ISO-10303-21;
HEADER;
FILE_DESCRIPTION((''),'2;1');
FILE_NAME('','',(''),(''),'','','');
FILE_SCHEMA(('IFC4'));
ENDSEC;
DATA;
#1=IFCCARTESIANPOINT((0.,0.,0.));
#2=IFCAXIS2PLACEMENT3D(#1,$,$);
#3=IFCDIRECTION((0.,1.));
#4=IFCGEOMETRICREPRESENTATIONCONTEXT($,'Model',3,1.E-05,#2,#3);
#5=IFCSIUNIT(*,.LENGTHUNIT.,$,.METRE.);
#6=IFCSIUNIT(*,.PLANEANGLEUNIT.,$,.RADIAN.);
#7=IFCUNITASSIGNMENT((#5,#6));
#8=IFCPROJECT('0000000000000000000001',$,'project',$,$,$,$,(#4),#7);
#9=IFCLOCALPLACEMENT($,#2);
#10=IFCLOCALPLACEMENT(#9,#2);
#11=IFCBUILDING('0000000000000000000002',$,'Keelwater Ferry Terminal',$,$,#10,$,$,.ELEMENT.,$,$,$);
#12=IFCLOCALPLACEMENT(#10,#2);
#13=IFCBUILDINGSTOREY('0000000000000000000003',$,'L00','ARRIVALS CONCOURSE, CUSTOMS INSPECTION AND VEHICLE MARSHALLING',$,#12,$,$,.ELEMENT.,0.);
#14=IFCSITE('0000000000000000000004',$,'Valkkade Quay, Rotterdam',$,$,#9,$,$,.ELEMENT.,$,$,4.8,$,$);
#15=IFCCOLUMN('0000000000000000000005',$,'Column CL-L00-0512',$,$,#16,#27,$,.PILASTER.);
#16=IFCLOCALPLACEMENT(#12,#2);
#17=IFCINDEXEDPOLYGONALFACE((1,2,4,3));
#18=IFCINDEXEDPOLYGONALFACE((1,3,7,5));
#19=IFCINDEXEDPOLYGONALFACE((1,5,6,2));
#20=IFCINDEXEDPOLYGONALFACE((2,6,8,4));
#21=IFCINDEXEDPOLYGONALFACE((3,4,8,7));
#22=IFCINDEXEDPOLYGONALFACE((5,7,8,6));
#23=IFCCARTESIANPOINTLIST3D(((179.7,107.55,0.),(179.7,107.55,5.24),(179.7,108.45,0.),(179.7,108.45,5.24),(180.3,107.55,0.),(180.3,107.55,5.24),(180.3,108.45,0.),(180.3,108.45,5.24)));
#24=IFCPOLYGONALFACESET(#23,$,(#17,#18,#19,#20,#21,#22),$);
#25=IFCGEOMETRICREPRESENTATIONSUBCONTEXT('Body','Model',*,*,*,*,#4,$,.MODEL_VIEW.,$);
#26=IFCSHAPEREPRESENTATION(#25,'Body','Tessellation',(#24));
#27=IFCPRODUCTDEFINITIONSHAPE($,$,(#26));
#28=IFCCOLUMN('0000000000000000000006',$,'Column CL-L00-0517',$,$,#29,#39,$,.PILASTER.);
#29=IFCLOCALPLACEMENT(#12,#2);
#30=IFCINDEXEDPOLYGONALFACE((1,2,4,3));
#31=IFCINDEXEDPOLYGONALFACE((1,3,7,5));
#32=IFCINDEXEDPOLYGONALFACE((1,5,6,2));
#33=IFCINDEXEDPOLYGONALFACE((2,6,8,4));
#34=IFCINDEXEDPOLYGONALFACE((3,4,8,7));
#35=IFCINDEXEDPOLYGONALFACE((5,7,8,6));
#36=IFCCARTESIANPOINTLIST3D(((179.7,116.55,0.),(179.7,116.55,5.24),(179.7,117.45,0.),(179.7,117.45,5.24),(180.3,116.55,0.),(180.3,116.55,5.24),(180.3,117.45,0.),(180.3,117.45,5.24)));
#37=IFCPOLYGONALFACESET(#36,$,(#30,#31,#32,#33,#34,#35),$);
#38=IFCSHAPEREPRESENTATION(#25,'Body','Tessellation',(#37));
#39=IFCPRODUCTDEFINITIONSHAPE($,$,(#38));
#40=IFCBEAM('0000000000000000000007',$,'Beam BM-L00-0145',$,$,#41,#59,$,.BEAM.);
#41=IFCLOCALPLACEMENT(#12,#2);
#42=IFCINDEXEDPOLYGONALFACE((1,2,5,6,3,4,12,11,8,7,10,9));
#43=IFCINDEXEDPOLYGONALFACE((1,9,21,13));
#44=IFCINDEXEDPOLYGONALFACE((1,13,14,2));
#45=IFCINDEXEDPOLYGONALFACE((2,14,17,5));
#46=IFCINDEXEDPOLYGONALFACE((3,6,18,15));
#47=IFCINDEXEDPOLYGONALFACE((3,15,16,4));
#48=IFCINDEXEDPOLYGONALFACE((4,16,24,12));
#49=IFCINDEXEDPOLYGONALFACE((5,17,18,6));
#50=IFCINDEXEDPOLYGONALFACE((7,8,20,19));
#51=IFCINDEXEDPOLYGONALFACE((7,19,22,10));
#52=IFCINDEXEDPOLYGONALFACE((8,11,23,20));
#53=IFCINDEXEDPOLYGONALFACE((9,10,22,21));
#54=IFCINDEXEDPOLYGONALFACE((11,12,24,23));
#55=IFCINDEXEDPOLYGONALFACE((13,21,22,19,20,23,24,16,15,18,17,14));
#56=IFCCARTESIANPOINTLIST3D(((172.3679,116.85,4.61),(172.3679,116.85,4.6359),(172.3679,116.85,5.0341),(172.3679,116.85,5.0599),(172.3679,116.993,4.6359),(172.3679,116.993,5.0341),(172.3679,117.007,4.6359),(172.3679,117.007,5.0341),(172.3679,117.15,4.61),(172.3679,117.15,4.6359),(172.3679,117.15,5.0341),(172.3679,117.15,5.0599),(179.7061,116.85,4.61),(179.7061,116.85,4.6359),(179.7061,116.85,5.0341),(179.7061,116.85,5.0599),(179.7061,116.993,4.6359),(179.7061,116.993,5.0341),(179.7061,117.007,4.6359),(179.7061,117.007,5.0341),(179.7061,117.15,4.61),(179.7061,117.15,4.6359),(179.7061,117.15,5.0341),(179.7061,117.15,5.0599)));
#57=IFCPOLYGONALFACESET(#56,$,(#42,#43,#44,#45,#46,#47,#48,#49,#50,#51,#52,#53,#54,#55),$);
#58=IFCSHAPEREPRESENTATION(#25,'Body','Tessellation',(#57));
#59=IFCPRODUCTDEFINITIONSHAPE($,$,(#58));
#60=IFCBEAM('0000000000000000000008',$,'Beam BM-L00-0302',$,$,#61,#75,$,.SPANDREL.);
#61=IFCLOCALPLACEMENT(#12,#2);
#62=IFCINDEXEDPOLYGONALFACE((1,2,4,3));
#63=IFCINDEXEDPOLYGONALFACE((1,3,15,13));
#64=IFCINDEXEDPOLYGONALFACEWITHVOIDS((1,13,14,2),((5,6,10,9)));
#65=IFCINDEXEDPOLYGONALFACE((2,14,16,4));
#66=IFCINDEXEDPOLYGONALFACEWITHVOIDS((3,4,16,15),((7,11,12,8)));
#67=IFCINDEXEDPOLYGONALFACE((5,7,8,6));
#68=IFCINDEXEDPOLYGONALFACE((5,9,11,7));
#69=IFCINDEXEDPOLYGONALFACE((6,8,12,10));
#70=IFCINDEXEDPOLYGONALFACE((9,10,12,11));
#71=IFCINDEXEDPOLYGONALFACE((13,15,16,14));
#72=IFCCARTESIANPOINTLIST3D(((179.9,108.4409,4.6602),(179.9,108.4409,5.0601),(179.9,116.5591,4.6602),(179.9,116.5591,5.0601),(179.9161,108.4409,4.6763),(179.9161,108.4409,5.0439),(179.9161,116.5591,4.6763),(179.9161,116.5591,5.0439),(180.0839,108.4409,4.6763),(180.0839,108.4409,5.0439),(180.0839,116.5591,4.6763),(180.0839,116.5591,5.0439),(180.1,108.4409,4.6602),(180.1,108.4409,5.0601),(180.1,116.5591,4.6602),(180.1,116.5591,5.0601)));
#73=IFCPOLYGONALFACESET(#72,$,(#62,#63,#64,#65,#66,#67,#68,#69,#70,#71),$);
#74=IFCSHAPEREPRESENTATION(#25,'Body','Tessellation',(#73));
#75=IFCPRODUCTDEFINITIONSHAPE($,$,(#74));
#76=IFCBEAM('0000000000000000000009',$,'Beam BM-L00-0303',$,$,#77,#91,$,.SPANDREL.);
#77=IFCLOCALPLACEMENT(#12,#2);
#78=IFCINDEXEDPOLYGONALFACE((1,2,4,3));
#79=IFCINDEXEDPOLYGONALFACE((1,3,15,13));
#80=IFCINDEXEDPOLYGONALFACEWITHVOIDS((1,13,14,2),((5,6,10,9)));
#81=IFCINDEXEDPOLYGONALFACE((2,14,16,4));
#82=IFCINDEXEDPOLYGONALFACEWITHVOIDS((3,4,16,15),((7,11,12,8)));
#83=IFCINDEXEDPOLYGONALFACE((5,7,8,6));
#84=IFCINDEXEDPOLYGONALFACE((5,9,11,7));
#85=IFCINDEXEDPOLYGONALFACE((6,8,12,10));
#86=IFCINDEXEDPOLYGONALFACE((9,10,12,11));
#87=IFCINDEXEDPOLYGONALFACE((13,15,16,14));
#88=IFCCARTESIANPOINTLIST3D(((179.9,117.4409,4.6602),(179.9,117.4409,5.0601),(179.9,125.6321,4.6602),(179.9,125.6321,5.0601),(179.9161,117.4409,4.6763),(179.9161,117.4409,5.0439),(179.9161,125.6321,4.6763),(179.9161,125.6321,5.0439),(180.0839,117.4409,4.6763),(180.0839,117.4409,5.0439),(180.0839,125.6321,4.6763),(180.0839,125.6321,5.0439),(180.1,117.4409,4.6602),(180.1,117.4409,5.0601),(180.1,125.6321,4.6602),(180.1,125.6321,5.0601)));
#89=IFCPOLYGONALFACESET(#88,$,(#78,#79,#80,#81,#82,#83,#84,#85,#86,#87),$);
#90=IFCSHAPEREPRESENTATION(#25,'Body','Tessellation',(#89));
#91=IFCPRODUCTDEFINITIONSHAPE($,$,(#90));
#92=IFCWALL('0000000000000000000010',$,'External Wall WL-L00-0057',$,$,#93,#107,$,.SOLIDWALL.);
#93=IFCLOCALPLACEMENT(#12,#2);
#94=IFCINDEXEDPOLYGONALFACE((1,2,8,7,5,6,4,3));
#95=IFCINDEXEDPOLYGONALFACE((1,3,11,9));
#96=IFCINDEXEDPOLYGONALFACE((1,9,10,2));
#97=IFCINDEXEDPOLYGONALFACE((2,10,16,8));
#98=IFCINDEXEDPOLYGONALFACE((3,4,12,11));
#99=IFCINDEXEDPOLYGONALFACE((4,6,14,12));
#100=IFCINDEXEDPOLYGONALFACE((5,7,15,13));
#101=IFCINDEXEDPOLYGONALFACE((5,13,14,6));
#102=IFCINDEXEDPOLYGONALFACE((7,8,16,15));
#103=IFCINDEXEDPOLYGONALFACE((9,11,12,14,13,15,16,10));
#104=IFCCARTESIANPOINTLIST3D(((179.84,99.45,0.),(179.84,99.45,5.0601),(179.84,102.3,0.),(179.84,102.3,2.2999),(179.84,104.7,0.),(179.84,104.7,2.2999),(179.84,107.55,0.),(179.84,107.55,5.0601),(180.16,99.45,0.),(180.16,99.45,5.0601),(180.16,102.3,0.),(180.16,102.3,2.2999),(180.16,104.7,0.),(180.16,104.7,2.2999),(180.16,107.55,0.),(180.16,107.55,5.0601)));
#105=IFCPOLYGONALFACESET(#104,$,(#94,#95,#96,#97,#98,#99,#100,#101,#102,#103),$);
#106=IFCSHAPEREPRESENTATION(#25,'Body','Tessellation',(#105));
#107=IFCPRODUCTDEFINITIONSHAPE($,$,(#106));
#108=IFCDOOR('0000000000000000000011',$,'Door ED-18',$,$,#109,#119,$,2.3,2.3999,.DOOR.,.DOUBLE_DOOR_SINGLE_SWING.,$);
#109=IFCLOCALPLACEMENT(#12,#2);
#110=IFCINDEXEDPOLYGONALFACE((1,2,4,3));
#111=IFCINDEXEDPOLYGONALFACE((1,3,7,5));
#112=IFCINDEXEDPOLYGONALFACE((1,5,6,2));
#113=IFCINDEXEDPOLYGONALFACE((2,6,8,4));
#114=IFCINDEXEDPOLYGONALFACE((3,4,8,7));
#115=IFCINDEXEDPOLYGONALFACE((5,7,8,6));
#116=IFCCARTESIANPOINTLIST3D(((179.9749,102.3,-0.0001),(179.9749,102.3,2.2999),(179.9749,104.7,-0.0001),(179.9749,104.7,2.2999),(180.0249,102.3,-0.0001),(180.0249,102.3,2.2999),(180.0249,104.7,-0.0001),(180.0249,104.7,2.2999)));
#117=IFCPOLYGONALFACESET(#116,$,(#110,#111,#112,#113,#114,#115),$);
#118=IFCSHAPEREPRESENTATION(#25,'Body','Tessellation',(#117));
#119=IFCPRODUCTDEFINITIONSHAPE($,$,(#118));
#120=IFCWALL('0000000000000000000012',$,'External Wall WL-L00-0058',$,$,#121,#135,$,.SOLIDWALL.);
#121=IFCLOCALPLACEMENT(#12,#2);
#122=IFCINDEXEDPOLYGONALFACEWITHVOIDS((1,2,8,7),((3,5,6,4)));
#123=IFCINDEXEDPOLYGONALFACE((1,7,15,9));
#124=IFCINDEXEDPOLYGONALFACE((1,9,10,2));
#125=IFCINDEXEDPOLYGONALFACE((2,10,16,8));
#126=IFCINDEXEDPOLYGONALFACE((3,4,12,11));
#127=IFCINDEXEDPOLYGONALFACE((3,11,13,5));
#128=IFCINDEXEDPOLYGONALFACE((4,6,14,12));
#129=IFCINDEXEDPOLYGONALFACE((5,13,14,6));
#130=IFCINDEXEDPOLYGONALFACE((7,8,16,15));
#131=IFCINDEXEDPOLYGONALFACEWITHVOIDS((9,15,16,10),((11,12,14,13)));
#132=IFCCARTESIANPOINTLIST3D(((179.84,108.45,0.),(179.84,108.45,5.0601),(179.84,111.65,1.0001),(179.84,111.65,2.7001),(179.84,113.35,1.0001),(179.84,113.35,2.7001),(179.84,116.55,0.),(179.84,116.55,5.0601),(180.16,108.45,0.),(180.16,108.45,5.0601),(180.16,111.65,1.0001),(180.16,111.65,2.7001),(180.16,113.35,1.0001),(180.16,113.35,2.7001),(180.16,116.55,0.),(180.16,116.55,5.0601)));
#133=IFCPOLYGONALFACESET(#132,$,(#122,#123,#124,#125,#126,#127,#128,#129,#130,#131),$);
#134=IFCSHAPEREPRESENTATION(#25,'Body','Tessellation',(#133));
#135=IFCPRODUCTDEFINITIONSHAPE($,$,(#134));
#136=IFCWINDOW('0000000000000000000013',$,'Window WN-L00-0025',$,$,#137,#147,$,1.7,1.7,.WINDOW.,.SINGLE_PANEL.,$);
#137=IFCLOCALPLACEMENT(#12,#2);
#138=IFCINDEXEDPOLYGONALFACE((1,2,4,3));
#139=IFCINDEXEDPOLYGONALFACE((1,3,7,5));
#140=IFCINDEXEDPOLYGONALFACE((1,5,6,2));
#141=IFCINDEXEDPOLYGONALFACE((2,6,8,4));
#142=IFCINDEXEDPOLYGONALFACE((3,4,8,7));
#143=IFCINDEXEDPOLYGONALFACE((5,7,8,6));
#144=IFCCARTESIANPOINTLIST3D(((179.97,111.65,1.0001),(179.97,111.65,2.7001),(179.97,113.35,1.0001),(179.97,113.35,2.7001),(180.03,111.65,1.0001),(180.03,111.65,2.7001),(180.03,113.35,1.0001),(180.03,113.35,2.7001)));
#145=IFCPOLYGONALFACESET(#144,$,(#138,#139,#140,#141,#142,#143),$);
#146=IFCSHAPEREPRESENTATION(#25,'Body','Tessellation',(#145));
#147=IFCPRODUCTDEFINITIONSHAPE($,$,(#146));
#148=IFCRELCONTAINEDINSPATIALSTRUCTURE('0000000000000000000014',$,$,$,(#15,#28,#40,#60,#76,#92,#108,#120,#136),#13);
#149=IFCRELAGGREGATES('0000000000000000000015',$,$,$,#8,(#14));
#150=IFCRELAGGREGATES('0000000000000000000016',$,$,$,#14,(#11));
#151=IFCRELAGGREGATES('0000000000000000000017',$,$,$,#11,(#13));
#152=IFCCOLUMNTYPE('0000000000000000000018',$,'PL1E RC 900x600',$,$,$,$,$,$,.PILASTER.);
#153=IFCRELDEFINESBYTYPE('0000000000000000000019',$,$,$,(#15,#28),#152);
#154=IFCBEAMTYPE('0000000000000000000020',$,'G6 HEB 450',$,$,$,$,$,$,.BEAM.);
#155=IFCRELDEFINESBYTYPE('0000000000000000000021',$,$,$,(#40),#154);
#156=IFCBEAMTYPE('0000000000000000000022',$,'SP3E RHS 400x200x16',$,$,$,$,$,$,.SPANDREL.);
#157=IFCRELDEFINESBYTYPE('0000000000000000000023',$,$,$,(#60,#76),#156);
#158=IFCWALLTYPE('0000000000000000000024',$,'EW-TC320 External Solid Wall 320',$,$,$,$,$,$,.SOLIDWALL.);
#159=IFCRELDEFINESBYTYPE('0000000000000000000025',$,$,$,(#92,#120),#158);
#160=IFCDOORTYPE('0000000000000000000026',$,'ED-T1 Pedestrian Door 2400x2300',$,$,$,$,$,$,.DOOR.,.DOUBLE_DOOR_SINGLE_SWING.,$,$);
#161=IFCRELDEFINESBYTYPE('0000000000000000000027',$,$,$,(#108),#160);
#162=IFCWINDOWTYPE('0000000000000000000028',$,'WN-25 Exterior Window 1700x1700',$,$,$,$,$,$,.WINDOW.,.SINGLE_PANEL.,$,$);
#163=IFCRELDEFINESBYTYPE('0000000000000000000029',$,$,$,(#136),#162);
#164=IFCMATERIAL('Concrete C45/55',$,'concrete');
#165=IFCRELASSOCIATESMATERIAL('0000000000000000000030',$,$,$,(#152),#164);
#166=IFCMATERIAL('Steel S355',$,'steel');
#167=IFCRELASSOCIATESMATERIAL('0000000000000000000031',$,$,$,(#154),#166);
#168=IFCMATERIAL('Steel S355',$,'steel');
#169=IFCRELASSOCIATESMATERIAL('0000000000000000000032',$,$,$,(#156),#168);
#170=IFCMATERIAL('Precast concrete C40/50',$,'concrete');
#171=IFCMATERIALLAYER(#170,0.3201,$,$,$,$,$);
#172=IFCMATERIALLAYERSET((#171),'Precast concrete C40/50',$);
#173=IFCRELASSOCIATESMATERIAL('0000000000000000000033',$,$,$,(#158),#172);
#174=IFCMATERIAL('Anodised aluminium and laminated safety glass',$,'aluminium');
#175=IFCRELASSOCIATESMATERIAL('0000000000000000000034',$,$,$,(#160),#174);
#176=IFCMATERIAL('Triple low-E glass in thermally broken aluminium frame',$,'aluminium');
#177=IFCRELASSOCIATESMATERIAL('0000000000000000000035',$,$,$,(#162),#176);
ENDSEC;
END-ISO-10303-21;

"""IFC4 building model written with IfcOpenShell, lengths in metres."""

from ifc_helpers import new_model, si_unit, direction, frame, frame_2d, origin, origin_2d, place, context, subcontext, project, spatial, rectangle, hollow_rectangle, i_section, extrude, material, layer, layer_set, material_profile, profile_set, type_object, element, fill, save


model = new_model("IFC4")

# Units and contexts
model_context = context("Model", 3, precision=1e-05, world=origin(), true_north=direction((0.0, 1.0)))
body_context = subcontext(model_context, "Body", "Model", "MODEL_VIEW")
ifc_project = project(units=[si_unit("LENGTHUNIT", "METRE"), si_unit("PLANEANGLEUNIT", "RADIAN")], contexts=[model_context])

# Site, building, storey
site_placement = place(None, origin())
site = spatial("IfcSite", under=ifc_project, at=site_placement, Name="Valkkade Quay, Rotterdam", CompositionType="ELEMENT", RefElevation=4.8)
building_placement = place(site_placement, origin())
building = spatial("IfcBuilding", under=site, at=building_placement, Name="Keelwater Ferry Terminal", CompositionType="ELEMENT")
storey_placement = place(building_placement, origin())
storey = spatial("IfcBuildingStorey", under=building, at=storey_placement, Name="L00", Description="ARRIVALS CONCOURSE, CUSTOMS INSPECTION AND VEHICLE MARSHALLING", CompositionType="ELEMENT", Elevation=0.0)

# Columns
ifc_material_1 = material(Name="Concrete C45/55", Category="concrete")
ifc_material_profile_1 = material_profile(ifc_material_1, rectangle(XDim=0.6001, YDim=0.8999, at=origin_2d()), Name="RC 900x600")
ifc_profile_set_1 = profile_set([ifc_material_profile_1], Name="Concrete C45/55")
column_type = type_object("IfcColumnType", Name="PL1E RC 900x600", PredefinedType="PILASTER", material=ifc_profile_set_1)
for number, where, z_axis, x_axis, name in (
    (1, (180.0, 108.0, 0.0), (0.0, 0.0, 1.0), (1.0, 0.0, 0.0), "Column CL-L00-0512"),
    (2, (180.0, 117.0, 0.0), (0.0, 0.0, 1.0), (1.0, 0.0, 0.0), "Column CL-L00-0517"),
):
    element("IfcColumn", number, at=place(storey_placement, frame(where, z_axis=z_axis, x_axis=x_axis)), inside=storey, type_object=column_type, Name=name, PredefinedType="PILASTER", context=body_context, shape_type="SweptSolid", body=[
        extrude(rectangle(XDim=0.6001, YDim=0.8999, at=origin_2d()), origin(), (0.0, 0.0, 1.0), 5.24),
    ])

# Beams
ifc_material_2 = material(Name="Steel S355", Category="steel")
ifc_material_profile_2 = material_profile(ifc_material_2, i_section(OverallWidth=0.3, OverallDepth=0.45, WebThickness=0.0139, FlangeThickness=0.0259, at=origin_2d()), Name="HEB 450")
ifc_profile_set_2 = profile_set([ifc_material_profile_2], Name="Steel S355")
beam_type_1 = type_object("IfcBeamType", Name="G6 HEB 450", PredefinedType="BEAM", material=ifc_profile_set_2)
beam_1_placement = place(storey_placement, frame((172.3679, 117.0, 4.835), z_axis=(1.0, 0.0, 0.0), x_axis=(0.0, 1.0, 0.0)))
element("IfcBeam", 3, at=beam_1_placement, inside=storey, type_object=beam_type_1, Name="Beam BM-L00-0145", PredefinedType="BEAM", context=body_context, shape_type="SweptSolid", body=[
    extrude(i_section(OverallWidth=0.3, OverallDepth=0.45, WebThickness=0.0139, FlangeThickness=0.0259, at=origin_2d()), origin(), (0.0, 0.0, 1.0), 7.3381),
])
ifc_material_3 = material(Name="Steel S355", Category="steel")
ifc_material_profile_3 = material_profile(ifc_material_3, hollow_rectangle(XDim=0.2, YDim=0.3999, WallThickness=0.0161, at=origin_2d()), Name="RHS 400x200x16")
ifc_profile_set_3 = profile_set([ifc_material_profile_3], Name="Steel S355")
beam_type_2 = type_object("IfcBeamType", Name="SP3E RHS 400x200x16", PredefinedType="SPANDREL", material=ifc_profile_set_3)
beam_2_placement = place(storey_placement, frame((180.0, 108.4409, 4.8601), z_axis=(0.0, 1.0, 0.0), x_axis=(-1.0, 0.0, 0.0)))
element("IfcBeam", 4, at=beam_2_placement, inside=storey, type_object=beam_type_2, Name="Beam BM-L00-0302", PredefinedType="SPANDREL", context=body_context, shape_type="SweptSolid", body=[
    extrude(hollow_rectangle(XDim=0.2, YDim=0.3999, WallThickness=0.0161, at=origin_2d()), origin(), (0.0, 0.0, 1.0), 8.1182),
])
beam_3_placement = place(storey_placement, frame((180.0, 117.4409, 4.8601), z_axis=(0.0, 1.0, 0.0), x_axis=(-1.0, 0.0, 0.0)))
element("IfcBeam", 5, at=beam_3_placement, inside=storey, type_object=beam_type_2, Name="Beam BM-L00-0303", PredefinedType="SPANDREL", context=body_context, shape_type="SweptSolid", body=[
    extrude(hollow_rectangle(XDim=0.2, YDim=0.3999, WallThickness=0.0161, at=origin_2d()), origin(), (0.0, 0.0, 1.0), 8.1912),
])

# Wall, opening, door
ifc_material_4 = material(Name="Precast concrete C40/50", Category="concrete")
ifc_layer = layer(ifc_material_4, 0.3201)
ifc_layer_set = layer_set([ifc_layer], Name="Precast concrete C40/50")
wall_type = type_object("IfcWallType", Name="EW-TC320 External Solid Wall 320", PredefinedType="SOLIDWALL", material=ifc_layer_set)
wall_1_placement = place(storey_placement, frame((180.0, 107.55, 0.0), z_axis=(0.0, 0.0, 1.0), x_axis=(0.0, -1.0, 0.0)))
wall_1 = element("IfcWall", 6, at=wall_1_placement, inside=storey, type_object=wall_type, Name="External Wall WL-L00-0057", PredefinedType="SOLIDWALL", context=body_context, shape_type="SweptSolid", body=[
    extrude(rectangle(XDim=8.1001, YDim=0.3201, at=frame_2d((4.05, 0.0))), origin(), (0.0, 0.0, 1.0), 5.0601),
])
opening_1_placement = place(wall_1_placement, frame((2.8501, 0.0, 0.0)))
opening_1 = element("IfcOpeningElement", 7, at=opening_1_placement, cuts=wall_1, PredefinedType="OPENING", context=body_context, shape_type="SweptSolid", body=[
    extrude(rectangle(XDim=2.3999, YDim=2.3, at=frame_2d((1.2, 1.1499))), frame((0.0, 0.1702, 0.0), z_axis=(0.0, -1.0, 0.0), x_axis=(1.0, 0.0, 0.0)), (0.0, 0.0, 1.0), 0.3401),
])
ifc_material_5 = material(Name="Anodised aluminium and laminated safety glass", Category="aluminium")
door_type = type_object("IfcDoorType", Name="ED-T1 Pedestrian Door 2400x2300", OperationType="DOUBLE_DOOR_SINGLE_SWING", PredefinedType="DOOR", material=ifc_material_5)
door_1_placement = place(opening_1_placement, origin())
door_1 = element("IfcDoor", 8, at=door_1_placement, inside=storey, type_object=door_type, Name="Door ED-18", OperationType="DOUBLE_DOOR_SINGLE_SWING", OverallHeight=2.3, OverallWidth=2.3999, PredefinedType="DOOR", context=body_context, shape_type="SweptSolid", body=[
    extrude(rectangle(XDim=2.3999, YDim=2.3, at=frame_2d((1.2, 1.1499))), frame((0.0, 0.0249, 0.0), z_axis=(0.0, -1.0, 0.0), x_axis=(1.0, 0.0, 0.0)), (0.0, 0.0, 1.0), 0.05),
])
fill(opening_1, door_1)

# Wall, opening, window
wall_2_placement = place(storey_placement, frame((180.0, 108.45, 0.0), z_axis=(0.0, 0.0, 1.0), x_axis=(0.0, 1.0, 0.0)))
wall_2 = element("IfcWall", 9, at=wall_2_placement, inside=storey, type_object=wall_type, Name="External Wall WL-L00-0058", PredefinedType="SOLIDWALL", context=body_context, shape_type="SweptSolid", body=[
    extrude(rectangle(XDim=8.1001, YDim=0.3201, at=frame_2d((4.05, 0.0))), origin(), (0.0, 0.0, 1.0), 5.0601),
])
opening_2_placement = place(wall_2_placement, frame((3.2, 0.0, 1.0)))
opening_2 = element("IfcOpeningElement", 10, at=opening_2_placement, cuts=wall_2, PredefinedType="OPENING", context=body_context, shape_type="SweptSolid", body=[
    extrude(rectangle(XDim=1.7, YDim=1.7, at=frame_2d((0.8501, 0.8501))), frame((0.0, 0.1702, 0.0), z_axis=(0.0, -1.0, 0.0), x_axis=(1.0, 0.0, 0.0)), (0.0, 0.0, 1.0), 0.3401),
])
ifc_material_6 = material(Name="Triple low-E glass in thermally broken aluminium frame", Category="aluminium")
window_type = type_object("IfcWindowType", Name="WN-25 Exterior Window 1700x1700", PartitioningType="SINGLE_PANEL", PredefinedType="WINDOW", material=ifc_material_6)
window_placement = place(opening_2_placement, origin())
window = element("IfcWindow", 11, at=window_placement, inside=storey, type_object=window_type, Name="Window WN-L00-0025", OverallHeight=1.7, OverallWidth=1.7, PartitioningType="SINGLE_PANEL", PredefinedType="WINDOW", context=body_context, shape_type="SweptSolid", body=[
    extrude(rectangle(XDim=1.7, YDim=1.7, at=frame_2d((0.8501, 0.8501))), frame((0.0, 0.03, 0.0), z_axis=(0.0, -1.0, 0.0), x_axis=(1.0, 0.0, 0.0)), (0.0, 0.0, 1.0), 0.0601),
])
fill(opening_2, window)

save(model, "model.ifc")
